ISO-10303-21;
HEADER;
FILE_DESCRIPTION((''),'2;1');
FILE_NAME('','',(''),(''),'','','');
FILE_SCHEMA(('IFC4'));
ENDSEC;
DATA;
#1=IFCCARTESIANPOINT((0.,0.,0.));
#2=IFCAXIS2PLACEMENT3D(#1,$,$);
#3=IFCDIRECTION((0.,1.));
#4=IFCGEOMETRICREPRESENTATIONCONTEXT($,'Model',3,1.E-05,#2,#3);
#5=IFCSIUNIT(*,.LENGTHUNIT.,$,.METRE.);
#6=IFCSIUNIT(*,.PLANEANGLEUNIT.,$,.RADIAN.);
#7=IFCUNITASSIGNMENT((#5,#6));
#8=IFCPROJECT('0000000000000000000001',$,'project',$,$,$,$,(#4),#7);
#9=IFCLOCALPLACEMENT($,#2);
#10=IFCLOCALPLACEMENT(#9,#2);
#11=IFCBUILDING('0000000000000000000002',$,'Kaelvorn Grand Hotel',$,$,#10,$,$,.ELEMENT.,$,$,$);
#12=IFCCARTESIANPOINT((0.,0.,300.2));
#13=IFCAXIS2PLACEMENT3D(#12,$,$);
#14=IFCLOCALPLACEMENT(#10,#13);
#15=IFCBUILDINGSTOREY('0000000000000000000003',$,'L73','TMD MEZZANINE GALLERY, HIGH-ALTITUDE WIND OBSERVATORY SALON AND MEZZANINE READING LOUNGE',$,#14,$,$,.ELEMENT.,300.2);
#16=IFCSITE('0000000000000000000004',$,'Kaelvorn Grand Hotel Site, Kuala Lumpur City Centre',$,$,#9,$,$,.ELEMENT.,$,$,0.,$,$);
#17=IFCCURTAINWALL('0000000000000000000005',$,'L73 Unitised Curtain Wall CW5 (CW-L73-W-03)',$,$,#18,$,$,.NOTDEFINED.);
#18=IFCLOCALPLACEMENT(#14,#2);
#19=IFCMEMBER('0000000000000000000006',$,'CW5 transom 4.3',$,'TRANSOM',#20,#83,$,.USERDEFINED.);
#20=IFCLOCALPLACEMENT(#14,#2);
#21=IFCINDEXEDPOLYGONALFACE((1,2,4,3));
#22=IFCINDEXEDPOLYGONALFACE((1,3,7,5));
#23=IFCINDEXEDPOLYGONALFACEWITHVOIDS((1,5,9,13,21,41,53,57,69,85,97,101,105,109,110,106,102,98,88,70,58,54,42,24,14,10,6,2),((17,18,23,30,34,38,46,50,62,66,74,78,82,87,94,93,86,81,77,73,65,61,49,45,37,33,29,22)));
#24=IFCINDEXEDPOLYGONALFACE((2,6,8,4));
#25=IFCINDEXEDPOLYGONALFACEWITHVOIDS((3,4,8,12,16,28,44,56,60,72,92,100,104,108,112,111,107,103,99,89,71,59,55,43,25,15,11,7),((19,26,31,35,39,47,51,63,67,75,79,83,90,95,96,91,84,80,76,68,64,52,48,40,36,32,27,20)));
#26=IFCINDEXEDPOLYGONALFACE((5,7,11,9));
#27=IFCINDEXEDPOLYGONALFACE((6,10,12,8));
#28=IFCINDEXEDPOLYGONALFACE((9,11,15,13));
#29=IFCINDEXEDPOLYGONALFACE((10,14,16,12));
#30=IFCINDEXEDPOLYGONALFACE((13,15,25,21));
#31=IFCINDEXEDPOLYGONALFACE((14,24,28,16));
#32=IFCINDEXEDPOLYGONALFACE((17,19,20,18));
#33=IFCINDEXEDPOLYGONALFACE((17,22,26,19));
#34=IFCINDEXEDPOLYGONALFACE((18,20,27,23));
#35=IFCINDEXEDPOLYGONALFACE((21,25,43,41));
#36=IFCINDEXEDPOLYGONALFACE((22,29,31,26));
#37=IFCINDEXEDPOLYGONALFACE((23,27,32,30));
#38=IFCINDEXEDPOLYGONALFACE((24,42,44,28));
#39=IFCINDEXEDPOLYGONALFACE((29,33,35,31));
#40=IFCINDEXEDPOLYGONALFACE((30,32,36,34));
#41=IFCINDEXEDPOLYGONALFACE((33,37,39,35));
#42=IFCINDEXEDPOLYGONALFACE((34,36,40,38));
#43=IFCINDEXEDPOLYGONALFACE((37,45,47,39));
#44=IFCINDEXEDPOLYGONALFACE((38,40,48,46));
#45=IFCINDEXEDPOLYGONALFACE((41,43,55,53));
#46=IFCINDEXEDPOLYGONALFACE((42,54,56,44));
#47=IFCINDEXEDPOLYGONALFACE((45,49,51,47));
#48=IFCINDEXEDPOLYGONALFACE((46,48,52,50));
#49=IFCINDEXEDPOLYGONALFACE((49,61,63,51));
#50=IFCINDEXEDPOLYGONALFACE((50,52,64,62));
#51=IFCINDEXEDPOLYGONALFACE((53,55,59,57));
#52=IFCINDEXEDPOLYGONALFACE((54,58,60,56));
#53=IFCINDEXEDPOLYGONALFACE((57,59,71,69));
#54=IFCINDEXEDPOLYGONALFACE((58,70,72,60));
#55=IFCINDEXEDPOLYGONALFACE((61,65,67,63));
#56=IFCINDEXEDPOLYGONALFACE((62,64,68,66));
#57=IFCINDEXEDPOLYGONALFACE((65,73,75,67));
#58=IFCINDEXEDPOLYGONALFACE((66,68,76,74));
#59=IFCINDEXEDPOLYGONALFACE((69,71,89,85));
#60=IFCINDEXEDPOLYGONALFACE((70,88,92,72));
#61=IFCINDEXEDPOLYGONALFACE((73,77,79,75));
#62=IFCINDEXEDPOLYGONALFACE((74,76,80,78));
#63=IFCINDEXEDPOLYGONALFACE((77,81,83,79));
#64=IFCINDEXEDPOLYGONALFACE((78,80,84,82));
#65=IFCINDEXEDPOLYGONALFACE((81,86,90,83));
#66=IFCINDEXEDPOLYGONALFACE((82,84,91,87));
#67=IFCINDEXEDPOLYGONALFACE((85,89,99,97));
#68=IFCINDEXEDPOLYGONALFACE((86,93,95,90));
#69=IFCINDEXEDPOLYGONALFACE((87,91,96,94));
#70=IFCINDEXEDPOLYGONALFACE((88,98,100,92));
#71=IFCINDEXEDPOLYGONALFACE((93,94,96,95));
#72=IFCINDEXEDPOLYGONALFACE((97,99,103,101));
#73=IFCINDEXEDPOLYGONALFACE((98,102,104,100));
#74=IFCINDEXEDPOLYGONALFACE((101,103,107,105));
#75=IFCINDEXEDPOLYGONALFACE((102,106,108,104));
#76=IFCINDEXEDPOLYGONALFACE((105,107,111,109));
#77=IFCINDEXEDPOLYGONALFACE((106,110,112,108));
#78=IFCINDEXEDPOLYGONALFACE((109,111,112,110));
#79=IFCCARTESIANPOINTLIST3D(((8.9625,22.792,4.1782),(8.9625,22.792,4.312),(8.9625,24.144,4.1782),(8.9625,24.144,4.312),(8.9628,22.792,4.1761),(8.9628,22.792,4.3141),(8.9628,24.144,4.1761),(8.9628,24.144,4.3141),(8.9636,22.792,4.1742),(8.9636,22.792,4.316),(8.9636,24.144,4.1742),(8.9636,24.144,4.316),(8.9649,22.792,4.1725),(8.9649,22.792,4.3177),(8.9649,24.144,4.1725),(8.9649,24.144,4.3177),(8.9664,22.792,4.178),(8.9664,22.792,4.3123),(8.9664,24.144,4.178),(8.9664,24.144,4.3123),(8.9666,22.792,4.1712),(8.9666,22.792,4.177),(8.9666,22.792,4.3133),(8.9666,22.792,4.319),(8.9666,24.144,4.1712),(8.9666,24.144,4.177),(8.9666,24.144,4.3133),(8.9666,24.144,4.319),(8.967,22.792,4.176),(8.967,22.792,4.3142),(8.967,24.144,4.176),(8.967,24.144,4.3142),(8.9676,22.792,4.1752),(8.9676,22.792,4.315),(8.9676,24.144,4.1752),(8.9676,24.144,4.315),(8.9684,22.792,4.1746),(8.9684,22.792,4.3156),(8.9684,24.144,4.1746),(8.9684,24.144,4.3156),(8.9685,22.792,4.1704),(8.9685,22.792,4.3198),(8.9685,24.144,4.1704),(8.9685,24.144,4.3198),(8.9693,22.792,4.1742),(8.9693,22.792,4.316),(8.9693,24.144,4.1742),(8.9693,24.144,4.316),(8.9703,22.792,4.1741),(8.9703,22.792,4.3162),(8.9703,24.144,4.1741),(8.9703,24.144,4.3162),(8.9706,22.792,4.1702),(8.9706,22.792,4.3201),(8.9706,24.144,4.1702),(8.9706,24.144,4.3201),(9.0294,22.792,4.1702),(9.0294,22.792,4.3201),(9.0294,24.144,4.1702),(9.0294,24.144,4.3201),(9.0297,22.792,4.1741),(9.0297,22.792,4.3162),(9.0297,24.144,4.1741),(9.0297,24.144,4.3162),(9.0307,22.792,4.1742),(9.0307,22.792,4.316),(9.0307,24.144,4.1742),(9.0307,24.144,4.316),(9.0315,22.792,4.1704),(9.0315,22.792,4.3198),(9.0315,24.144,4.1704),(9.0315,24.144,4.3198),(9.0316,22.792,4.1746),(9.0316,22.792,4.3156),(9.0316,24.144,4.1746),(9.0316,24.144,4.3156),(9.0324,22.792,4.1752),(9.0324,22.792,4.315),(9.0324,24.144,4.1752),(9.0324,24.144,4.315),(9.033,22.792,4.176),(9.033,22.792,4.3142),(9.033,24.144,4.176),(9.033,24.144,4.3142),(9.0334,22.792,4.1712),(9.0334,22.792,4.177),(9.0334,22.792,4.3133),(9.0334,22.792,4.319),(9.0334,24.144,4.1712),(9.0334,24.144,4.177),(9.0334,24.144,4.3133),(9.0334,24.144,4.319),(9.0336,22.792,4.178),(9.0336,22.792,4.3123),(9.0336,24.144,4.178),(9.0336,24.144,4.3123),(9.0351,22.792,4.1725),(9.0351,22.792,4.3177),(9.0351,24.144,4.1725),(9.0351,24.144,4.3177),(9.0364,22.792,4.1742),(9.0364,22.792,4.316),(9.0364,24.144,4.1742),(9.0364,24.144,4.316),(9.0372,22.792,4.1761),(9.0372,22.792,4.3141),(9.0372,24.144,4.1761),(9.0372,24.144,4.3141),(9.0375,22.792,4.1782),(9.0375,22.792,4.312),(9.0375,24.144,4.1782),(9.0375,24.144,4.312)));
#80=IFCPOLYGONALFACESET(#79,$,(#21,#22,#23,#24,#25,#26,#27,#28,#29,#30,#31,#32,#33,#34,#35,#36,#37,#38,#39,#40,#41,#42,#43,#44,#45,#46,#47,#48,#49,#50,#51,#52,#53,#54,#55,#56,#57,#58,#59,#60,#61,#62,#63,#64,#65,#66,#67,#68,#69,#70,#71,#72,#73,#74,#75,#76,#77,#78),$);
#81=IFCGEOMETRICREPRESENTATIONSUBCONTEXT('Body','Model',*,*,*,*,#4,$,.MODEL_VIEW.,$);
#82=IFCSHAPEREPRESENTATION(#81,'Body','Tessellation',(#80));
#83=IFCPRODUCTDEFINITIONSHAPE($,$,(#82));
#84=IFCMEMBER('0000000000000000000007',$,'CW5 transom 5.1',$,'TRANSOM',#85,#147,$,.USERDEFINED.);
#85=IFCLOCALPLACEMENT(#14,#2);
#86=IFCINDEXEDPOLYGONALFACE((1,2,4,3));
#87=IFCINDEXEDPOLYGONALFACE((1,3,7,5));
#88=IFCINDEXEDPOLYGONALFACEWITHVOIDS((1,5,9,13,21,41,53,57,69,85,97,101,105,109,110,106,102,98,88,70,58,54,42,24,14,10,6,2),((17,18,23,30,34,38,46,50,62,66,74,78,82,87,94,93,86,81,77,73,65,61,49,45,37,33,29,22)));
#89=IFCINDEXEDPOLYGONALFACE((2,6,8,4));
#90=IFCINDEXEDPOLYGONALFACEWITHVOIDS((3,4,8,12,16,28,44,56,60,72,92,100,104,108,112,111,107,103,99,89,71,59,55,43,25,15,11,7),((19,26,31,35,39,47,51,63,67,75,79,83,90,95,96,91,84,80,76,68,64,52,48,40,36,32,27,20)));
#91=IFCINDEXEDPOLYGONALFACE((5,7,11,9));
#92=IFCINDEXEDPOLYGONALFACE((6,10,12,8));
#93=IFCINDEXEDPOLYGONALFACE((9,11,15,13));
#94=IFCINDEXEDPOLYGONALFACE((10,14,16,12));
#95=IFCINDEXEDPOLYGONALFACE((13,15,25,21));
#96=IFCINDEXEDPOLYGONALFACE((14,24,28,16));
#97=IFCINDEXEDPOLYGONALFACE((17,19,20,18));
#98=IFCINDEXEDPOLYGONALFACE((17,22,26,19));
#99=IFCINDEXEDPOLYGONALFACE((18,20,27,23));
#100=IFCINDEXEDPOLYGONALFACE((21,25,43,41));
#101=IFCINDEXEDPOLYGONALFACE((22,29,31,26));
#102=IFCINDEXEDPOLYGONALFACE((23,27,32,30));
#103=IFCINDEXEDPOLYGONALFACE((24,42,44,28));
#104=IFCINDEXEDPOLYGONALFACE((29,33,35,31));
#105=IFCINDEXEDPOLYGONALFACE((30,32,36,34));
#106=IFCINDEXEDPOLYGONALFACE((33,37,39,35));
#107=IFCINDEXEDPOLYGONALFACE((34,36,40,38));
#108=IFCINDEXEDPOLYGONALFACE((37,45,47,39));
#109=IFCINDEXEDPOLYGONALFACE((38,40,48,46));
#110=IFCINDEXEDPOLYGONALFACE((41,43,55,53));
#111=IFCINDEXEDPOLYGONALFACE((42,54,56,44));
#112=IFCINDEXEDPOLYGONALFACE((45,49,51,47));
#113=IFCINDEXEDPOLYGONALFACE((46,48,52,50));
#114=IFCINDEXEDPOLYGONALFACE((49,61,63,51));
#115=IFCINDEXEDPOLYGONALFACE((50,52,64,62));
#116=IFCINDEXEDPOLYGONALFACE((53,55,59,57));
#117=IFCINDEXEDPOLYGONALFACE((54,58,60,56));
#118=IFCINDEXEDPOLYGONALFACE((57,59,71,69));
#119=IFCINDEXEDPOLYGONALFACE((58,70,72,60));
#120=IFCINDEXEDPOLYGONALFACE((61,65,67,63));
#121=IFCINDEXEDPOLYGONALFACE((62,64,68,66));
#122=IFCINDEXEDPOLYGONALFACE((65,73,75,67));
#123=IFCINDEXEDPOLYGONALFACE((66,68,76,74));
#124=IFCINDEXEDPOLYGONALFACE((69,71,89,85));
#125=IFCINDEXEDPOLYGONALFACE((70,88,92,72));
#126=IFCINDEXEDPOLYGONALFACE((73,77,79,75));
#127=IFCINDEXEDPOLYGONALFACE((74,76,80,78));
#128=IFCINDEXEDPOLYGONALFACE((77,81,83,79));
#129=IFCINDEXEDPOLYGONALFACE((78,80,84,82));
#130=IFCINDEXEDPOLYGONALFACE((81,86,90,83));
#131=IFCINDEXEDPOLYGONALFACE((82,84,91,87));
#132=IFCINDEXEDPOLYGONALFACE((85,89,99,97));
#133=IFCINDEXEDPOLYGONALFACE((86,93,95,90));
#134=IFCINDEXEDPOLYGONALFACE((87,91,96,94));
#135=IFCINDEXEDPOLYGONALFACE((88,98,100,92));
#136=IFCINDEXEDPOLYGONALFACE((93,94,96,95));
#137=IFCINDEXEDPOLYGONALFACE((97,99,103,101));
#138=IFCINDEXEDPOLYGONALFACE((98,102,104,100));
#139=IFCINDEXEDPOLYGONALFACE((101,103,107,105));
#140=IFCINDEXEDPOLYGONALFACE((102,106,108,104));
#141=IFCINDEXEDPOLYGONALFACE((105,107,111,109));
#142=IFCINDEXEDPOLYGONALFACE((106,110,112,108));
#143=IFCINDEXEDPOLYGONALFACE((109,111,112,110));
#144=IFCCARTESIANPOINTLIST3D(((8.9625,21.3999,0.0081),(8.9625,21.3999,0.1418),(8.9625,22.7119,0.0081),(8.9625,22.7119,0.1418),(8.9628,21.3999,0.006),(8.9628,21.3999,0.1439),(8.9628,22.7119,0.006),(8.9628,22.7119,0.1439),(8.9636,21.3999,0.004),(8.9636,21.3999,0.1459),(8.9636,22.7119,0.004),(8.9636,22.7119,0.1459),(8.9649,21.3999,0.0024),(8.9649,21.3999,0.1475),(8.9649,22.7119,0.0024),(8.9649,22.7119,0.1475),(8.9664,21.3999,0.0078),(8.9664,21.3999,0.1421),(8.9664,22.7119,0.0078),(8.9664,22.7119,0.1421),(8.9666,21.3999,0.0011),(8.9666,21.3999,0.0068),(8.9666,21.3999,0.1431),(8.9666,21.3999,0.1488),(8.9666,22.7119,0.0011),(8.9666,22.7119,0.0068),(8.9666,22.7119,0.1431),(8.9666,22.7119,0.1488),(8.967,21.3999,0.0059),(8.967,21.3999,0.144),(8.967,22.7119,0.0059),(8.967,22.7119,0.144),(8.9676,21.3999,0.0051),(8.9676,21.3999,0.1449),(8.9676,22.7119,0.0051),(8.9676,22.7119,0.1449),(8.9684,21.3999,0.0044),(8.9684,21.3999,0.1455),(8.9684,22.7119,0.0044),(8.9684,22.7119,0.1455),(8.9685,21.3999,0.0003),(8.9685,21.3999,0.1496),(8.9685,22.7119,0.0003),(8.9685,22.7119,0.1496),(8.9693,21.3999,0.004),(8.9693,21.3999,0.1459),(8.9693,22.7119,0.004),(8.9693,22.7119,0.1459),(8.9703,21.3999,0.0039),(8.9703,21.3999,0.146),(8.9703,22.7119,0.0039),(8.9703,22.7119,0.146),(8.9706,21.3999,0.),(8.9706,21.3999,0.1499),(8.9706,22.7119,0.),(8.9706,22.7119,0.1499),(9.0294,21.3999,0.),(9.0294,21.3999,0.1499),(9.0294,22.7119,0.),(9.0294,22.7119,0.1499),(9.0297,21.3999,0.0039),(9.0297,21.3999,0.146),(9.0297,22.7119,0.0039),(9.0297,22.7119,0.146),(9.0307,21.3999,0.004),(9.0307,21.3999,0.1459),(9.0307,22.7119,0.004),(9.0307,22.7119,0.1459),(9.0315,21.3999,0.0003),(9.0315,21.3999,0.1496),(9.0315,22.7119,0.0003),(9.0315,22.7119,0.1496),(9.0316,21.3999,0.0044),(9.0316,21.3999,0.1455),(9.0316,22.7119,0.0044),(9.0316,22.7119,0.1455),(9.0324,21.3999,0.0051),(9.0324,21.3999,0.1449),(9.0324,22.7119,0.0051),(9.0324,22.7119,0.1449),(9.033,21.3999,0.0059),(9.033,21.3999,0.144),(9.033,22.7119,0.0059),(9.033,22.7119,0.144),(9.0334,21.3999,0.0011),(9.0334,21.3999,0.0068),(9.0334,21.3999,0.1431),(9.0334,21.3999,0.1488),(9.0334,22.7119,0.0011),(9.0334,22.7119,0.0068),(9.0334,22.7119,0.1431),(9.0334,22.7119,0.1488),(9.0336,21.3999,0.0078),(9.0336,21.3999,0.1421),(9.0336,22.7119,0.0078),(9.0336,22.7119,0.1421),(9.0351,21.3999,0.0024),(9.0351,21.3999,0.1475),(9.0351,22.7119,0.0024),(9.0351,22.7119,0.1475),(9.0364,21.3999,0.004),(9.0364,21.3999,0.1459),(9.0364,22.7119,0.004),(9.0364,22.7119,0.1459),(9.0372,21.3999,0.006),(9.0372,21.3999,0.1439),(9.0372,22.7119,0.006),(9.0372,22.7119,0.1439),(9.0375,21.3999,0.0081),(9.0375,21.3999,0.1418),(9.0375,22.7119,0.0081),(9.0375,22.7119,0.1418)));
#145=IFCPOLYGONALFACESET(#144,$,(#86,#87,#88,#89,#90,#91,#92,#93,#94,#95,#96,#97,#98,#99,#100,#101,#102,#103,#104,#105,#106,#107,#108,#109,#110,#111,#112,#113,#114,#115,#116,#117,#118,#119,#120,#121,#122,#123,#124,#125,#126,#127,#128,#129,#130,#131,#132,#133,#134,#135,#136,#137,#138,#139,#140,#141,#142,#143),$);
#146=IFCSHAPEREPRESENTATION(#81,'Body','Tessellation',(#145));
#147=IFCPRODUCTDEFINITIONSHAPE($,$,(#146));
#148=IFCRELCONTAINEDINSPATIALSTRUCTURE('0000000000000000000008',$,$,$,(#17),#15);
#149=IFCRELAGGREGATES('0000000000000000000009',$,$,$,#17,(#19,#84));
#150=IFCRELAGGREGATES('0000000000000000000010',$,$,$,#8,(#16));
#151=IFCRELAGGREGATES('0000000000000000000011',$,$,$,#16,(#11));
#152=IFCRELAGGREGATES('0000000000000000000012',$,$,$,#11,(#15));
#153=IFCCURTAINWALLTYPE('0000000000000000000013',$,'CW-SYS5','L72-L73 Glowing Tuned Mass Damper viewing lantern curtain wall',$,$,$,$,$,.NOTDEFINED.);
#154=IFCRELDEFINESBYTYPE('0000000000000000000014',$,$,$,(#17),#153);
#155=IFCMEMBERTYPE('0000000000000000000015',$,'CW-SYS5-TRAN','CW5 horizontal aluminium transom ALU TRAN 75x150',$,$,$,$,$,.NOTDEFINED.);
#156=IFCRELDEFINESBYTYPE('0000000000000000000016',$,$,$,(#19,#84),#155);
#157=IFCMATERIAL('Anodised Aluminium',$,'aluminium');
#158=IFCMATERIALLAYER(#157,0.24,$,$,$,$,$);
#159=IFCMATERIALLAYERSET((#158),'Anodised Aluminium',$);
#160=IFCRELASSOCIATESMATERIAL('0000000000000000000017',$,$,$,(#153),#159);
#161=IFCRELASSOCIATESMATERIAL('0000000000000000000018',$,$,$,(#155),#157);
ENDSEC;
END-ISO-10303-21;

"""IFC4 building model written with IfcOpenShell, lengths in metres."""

from ifc_helpers import new_model, si_unit, direction, frame, origin, origin_2d, place, context, subcontext, project, spatial, hollow_rectangle, extrude, material, layer, layer_set, material_profile, profile_set, type_object, element, aggregate, save


model = new_model("IFC4")

# Units and contexts
model_context = context("Model", 3, precision=1e-05, world=origin(), true_north=direction((0.0, 1.0)))
body_context = subcontext(model_context, "Body", "Model", "MODEL_VIEW")
ifc_project = project(units=[si_unit("LENGTHUNIT", "METRE"), si_unit("PLANEANGLEUNIT", "RADIAN")], contexts=[model_context])

# Site, building, storey
site_placement = place(None, origin())
site = spatial("IfcSite", under=ifc_project, at=site_placement, Name="Kaelvorn Grand Hotel Site, Kuala Lumpur City Centre", CompositionType="ELEMENT", RefElevation=0.0)
building_placement = place(site_placement, origin())
building = spatial("IfcBuilding", under=site, at=building_placement, Name="Kaelvorn Grand Hotel", CompositionType="ELEMENT")
storey_placement = place(building_placement, frame((0.0, 0.0, 300.2)))
storey = spatial("IfcBuildingStorey", under=building, at=storey_placement, Name="L73", Description="TMD MEZZANINE GALLERY, HIGH-ALTITUDE WIND OBSERVATORY SALON AND MEZZANINE READING LOUNGE", CompositionType="ELEMENT", Elevation=300.2)

# Curtain wall
ifc_material_1 = material(Name="Anodised Aluminium", Category="aluminium")
ifc_layer_1 = layer(ifc_material_1, 0.24)
ifc_layer_set_1 = layer_set([ifc_layer_1], Name="Anodised Aluminium")
curtain_wall_type = type_object("IfcCurtainWallType", Name="CW-SYS5", Description="L72-L73 Glowing Tuned Mass Damper viewing lantern curtain wall", PredefinedType="NOTDEFINED", material=ifc_layer_set_1)
curtain_wall_1_placement = place(storey_placement, origin())
curtain_wall_1 = element("IfcCurtainWall", 1, at=curtain_wall_1_placement, inside=storey, type_object=curtain_wall_type, Name="L73 Unitised Curtain Wall CW5 (CW-L73-W-03)", PredefinedType="NOTDEFINED")

# Members
ifc_material_profile_1 = material_profile(ifc_material_1, hollow_rectangle(XDim=0.075, YDim=0.1499, WallThickness=0.0039, InnerFilletRadius=0.0039, OuterFilletRadius=0.0081, at=origin_2d()), Name="ALU TRAN 75x150")
ifc_profile_set_1 = profile_set([ifc_material_profile_1], Name="Anodised Aluminium")
member_type_1 = type_object("IfcMemberType", Name="CW-SYS5-TRAN", Description="CW5 horizontal aluminium transom ALU TRAN 75x150", PredefinedType="NOTDEFINED", material=ifc_profile_set_1)
member_1_placement = place(storey_placement, frame((9.0, 24.144, 4.2451), z_axis=(0.0, -1.0, 0.0), x_axis=(1.0, 0.0, 0.0)))
member_1 = element("IfcMember", 2, at=member_1_placement, type_object=member_type_1, Name="CW5 transom 4.3", ObjectType="TRANSOM", PredefinedType="USERDEFINED", context=body_context, shape_type="SweptSolid", body=[
    extrude(hollow_rectangle(XDim=0.075, YDim=0.1499, WallThickness=0.0039, InnerFilletRadius=0.0039, OuterFilletRadius=0.0081, at=origin_2d()), origin(), (0.0, 0.0, 1.0), 1.3521),
])
member_2_placement = place(storey_placement, frame((9.0, 22.7119, 0.075), z_axis=(0.0, -1.0, 0.0), x_axis=(1.0, 0.0, 0.0)))
member_2 = element("IfcMember", 3, at=member_2_placement, type_object=member_type_1, Name="CW5 transom 5.1", ObjectType="TRANSOM", PredefinedType="USERDEFINED", context=body_context, shape_type="SweptSolid", body=[
    extrude(hollow_rectangle(XDim=0.075, YDim=0.1499, WallThickness=0.0039, InnerFilletRadius=0.0039, OuterFilletRadius=0.0081, at=origin_2d()), origin(), (0.0, 0.0, 1.0), 1.312),
])

aggregate(curtain_wall_1, [member_1, member_2])

save(model, "model.ifc")
